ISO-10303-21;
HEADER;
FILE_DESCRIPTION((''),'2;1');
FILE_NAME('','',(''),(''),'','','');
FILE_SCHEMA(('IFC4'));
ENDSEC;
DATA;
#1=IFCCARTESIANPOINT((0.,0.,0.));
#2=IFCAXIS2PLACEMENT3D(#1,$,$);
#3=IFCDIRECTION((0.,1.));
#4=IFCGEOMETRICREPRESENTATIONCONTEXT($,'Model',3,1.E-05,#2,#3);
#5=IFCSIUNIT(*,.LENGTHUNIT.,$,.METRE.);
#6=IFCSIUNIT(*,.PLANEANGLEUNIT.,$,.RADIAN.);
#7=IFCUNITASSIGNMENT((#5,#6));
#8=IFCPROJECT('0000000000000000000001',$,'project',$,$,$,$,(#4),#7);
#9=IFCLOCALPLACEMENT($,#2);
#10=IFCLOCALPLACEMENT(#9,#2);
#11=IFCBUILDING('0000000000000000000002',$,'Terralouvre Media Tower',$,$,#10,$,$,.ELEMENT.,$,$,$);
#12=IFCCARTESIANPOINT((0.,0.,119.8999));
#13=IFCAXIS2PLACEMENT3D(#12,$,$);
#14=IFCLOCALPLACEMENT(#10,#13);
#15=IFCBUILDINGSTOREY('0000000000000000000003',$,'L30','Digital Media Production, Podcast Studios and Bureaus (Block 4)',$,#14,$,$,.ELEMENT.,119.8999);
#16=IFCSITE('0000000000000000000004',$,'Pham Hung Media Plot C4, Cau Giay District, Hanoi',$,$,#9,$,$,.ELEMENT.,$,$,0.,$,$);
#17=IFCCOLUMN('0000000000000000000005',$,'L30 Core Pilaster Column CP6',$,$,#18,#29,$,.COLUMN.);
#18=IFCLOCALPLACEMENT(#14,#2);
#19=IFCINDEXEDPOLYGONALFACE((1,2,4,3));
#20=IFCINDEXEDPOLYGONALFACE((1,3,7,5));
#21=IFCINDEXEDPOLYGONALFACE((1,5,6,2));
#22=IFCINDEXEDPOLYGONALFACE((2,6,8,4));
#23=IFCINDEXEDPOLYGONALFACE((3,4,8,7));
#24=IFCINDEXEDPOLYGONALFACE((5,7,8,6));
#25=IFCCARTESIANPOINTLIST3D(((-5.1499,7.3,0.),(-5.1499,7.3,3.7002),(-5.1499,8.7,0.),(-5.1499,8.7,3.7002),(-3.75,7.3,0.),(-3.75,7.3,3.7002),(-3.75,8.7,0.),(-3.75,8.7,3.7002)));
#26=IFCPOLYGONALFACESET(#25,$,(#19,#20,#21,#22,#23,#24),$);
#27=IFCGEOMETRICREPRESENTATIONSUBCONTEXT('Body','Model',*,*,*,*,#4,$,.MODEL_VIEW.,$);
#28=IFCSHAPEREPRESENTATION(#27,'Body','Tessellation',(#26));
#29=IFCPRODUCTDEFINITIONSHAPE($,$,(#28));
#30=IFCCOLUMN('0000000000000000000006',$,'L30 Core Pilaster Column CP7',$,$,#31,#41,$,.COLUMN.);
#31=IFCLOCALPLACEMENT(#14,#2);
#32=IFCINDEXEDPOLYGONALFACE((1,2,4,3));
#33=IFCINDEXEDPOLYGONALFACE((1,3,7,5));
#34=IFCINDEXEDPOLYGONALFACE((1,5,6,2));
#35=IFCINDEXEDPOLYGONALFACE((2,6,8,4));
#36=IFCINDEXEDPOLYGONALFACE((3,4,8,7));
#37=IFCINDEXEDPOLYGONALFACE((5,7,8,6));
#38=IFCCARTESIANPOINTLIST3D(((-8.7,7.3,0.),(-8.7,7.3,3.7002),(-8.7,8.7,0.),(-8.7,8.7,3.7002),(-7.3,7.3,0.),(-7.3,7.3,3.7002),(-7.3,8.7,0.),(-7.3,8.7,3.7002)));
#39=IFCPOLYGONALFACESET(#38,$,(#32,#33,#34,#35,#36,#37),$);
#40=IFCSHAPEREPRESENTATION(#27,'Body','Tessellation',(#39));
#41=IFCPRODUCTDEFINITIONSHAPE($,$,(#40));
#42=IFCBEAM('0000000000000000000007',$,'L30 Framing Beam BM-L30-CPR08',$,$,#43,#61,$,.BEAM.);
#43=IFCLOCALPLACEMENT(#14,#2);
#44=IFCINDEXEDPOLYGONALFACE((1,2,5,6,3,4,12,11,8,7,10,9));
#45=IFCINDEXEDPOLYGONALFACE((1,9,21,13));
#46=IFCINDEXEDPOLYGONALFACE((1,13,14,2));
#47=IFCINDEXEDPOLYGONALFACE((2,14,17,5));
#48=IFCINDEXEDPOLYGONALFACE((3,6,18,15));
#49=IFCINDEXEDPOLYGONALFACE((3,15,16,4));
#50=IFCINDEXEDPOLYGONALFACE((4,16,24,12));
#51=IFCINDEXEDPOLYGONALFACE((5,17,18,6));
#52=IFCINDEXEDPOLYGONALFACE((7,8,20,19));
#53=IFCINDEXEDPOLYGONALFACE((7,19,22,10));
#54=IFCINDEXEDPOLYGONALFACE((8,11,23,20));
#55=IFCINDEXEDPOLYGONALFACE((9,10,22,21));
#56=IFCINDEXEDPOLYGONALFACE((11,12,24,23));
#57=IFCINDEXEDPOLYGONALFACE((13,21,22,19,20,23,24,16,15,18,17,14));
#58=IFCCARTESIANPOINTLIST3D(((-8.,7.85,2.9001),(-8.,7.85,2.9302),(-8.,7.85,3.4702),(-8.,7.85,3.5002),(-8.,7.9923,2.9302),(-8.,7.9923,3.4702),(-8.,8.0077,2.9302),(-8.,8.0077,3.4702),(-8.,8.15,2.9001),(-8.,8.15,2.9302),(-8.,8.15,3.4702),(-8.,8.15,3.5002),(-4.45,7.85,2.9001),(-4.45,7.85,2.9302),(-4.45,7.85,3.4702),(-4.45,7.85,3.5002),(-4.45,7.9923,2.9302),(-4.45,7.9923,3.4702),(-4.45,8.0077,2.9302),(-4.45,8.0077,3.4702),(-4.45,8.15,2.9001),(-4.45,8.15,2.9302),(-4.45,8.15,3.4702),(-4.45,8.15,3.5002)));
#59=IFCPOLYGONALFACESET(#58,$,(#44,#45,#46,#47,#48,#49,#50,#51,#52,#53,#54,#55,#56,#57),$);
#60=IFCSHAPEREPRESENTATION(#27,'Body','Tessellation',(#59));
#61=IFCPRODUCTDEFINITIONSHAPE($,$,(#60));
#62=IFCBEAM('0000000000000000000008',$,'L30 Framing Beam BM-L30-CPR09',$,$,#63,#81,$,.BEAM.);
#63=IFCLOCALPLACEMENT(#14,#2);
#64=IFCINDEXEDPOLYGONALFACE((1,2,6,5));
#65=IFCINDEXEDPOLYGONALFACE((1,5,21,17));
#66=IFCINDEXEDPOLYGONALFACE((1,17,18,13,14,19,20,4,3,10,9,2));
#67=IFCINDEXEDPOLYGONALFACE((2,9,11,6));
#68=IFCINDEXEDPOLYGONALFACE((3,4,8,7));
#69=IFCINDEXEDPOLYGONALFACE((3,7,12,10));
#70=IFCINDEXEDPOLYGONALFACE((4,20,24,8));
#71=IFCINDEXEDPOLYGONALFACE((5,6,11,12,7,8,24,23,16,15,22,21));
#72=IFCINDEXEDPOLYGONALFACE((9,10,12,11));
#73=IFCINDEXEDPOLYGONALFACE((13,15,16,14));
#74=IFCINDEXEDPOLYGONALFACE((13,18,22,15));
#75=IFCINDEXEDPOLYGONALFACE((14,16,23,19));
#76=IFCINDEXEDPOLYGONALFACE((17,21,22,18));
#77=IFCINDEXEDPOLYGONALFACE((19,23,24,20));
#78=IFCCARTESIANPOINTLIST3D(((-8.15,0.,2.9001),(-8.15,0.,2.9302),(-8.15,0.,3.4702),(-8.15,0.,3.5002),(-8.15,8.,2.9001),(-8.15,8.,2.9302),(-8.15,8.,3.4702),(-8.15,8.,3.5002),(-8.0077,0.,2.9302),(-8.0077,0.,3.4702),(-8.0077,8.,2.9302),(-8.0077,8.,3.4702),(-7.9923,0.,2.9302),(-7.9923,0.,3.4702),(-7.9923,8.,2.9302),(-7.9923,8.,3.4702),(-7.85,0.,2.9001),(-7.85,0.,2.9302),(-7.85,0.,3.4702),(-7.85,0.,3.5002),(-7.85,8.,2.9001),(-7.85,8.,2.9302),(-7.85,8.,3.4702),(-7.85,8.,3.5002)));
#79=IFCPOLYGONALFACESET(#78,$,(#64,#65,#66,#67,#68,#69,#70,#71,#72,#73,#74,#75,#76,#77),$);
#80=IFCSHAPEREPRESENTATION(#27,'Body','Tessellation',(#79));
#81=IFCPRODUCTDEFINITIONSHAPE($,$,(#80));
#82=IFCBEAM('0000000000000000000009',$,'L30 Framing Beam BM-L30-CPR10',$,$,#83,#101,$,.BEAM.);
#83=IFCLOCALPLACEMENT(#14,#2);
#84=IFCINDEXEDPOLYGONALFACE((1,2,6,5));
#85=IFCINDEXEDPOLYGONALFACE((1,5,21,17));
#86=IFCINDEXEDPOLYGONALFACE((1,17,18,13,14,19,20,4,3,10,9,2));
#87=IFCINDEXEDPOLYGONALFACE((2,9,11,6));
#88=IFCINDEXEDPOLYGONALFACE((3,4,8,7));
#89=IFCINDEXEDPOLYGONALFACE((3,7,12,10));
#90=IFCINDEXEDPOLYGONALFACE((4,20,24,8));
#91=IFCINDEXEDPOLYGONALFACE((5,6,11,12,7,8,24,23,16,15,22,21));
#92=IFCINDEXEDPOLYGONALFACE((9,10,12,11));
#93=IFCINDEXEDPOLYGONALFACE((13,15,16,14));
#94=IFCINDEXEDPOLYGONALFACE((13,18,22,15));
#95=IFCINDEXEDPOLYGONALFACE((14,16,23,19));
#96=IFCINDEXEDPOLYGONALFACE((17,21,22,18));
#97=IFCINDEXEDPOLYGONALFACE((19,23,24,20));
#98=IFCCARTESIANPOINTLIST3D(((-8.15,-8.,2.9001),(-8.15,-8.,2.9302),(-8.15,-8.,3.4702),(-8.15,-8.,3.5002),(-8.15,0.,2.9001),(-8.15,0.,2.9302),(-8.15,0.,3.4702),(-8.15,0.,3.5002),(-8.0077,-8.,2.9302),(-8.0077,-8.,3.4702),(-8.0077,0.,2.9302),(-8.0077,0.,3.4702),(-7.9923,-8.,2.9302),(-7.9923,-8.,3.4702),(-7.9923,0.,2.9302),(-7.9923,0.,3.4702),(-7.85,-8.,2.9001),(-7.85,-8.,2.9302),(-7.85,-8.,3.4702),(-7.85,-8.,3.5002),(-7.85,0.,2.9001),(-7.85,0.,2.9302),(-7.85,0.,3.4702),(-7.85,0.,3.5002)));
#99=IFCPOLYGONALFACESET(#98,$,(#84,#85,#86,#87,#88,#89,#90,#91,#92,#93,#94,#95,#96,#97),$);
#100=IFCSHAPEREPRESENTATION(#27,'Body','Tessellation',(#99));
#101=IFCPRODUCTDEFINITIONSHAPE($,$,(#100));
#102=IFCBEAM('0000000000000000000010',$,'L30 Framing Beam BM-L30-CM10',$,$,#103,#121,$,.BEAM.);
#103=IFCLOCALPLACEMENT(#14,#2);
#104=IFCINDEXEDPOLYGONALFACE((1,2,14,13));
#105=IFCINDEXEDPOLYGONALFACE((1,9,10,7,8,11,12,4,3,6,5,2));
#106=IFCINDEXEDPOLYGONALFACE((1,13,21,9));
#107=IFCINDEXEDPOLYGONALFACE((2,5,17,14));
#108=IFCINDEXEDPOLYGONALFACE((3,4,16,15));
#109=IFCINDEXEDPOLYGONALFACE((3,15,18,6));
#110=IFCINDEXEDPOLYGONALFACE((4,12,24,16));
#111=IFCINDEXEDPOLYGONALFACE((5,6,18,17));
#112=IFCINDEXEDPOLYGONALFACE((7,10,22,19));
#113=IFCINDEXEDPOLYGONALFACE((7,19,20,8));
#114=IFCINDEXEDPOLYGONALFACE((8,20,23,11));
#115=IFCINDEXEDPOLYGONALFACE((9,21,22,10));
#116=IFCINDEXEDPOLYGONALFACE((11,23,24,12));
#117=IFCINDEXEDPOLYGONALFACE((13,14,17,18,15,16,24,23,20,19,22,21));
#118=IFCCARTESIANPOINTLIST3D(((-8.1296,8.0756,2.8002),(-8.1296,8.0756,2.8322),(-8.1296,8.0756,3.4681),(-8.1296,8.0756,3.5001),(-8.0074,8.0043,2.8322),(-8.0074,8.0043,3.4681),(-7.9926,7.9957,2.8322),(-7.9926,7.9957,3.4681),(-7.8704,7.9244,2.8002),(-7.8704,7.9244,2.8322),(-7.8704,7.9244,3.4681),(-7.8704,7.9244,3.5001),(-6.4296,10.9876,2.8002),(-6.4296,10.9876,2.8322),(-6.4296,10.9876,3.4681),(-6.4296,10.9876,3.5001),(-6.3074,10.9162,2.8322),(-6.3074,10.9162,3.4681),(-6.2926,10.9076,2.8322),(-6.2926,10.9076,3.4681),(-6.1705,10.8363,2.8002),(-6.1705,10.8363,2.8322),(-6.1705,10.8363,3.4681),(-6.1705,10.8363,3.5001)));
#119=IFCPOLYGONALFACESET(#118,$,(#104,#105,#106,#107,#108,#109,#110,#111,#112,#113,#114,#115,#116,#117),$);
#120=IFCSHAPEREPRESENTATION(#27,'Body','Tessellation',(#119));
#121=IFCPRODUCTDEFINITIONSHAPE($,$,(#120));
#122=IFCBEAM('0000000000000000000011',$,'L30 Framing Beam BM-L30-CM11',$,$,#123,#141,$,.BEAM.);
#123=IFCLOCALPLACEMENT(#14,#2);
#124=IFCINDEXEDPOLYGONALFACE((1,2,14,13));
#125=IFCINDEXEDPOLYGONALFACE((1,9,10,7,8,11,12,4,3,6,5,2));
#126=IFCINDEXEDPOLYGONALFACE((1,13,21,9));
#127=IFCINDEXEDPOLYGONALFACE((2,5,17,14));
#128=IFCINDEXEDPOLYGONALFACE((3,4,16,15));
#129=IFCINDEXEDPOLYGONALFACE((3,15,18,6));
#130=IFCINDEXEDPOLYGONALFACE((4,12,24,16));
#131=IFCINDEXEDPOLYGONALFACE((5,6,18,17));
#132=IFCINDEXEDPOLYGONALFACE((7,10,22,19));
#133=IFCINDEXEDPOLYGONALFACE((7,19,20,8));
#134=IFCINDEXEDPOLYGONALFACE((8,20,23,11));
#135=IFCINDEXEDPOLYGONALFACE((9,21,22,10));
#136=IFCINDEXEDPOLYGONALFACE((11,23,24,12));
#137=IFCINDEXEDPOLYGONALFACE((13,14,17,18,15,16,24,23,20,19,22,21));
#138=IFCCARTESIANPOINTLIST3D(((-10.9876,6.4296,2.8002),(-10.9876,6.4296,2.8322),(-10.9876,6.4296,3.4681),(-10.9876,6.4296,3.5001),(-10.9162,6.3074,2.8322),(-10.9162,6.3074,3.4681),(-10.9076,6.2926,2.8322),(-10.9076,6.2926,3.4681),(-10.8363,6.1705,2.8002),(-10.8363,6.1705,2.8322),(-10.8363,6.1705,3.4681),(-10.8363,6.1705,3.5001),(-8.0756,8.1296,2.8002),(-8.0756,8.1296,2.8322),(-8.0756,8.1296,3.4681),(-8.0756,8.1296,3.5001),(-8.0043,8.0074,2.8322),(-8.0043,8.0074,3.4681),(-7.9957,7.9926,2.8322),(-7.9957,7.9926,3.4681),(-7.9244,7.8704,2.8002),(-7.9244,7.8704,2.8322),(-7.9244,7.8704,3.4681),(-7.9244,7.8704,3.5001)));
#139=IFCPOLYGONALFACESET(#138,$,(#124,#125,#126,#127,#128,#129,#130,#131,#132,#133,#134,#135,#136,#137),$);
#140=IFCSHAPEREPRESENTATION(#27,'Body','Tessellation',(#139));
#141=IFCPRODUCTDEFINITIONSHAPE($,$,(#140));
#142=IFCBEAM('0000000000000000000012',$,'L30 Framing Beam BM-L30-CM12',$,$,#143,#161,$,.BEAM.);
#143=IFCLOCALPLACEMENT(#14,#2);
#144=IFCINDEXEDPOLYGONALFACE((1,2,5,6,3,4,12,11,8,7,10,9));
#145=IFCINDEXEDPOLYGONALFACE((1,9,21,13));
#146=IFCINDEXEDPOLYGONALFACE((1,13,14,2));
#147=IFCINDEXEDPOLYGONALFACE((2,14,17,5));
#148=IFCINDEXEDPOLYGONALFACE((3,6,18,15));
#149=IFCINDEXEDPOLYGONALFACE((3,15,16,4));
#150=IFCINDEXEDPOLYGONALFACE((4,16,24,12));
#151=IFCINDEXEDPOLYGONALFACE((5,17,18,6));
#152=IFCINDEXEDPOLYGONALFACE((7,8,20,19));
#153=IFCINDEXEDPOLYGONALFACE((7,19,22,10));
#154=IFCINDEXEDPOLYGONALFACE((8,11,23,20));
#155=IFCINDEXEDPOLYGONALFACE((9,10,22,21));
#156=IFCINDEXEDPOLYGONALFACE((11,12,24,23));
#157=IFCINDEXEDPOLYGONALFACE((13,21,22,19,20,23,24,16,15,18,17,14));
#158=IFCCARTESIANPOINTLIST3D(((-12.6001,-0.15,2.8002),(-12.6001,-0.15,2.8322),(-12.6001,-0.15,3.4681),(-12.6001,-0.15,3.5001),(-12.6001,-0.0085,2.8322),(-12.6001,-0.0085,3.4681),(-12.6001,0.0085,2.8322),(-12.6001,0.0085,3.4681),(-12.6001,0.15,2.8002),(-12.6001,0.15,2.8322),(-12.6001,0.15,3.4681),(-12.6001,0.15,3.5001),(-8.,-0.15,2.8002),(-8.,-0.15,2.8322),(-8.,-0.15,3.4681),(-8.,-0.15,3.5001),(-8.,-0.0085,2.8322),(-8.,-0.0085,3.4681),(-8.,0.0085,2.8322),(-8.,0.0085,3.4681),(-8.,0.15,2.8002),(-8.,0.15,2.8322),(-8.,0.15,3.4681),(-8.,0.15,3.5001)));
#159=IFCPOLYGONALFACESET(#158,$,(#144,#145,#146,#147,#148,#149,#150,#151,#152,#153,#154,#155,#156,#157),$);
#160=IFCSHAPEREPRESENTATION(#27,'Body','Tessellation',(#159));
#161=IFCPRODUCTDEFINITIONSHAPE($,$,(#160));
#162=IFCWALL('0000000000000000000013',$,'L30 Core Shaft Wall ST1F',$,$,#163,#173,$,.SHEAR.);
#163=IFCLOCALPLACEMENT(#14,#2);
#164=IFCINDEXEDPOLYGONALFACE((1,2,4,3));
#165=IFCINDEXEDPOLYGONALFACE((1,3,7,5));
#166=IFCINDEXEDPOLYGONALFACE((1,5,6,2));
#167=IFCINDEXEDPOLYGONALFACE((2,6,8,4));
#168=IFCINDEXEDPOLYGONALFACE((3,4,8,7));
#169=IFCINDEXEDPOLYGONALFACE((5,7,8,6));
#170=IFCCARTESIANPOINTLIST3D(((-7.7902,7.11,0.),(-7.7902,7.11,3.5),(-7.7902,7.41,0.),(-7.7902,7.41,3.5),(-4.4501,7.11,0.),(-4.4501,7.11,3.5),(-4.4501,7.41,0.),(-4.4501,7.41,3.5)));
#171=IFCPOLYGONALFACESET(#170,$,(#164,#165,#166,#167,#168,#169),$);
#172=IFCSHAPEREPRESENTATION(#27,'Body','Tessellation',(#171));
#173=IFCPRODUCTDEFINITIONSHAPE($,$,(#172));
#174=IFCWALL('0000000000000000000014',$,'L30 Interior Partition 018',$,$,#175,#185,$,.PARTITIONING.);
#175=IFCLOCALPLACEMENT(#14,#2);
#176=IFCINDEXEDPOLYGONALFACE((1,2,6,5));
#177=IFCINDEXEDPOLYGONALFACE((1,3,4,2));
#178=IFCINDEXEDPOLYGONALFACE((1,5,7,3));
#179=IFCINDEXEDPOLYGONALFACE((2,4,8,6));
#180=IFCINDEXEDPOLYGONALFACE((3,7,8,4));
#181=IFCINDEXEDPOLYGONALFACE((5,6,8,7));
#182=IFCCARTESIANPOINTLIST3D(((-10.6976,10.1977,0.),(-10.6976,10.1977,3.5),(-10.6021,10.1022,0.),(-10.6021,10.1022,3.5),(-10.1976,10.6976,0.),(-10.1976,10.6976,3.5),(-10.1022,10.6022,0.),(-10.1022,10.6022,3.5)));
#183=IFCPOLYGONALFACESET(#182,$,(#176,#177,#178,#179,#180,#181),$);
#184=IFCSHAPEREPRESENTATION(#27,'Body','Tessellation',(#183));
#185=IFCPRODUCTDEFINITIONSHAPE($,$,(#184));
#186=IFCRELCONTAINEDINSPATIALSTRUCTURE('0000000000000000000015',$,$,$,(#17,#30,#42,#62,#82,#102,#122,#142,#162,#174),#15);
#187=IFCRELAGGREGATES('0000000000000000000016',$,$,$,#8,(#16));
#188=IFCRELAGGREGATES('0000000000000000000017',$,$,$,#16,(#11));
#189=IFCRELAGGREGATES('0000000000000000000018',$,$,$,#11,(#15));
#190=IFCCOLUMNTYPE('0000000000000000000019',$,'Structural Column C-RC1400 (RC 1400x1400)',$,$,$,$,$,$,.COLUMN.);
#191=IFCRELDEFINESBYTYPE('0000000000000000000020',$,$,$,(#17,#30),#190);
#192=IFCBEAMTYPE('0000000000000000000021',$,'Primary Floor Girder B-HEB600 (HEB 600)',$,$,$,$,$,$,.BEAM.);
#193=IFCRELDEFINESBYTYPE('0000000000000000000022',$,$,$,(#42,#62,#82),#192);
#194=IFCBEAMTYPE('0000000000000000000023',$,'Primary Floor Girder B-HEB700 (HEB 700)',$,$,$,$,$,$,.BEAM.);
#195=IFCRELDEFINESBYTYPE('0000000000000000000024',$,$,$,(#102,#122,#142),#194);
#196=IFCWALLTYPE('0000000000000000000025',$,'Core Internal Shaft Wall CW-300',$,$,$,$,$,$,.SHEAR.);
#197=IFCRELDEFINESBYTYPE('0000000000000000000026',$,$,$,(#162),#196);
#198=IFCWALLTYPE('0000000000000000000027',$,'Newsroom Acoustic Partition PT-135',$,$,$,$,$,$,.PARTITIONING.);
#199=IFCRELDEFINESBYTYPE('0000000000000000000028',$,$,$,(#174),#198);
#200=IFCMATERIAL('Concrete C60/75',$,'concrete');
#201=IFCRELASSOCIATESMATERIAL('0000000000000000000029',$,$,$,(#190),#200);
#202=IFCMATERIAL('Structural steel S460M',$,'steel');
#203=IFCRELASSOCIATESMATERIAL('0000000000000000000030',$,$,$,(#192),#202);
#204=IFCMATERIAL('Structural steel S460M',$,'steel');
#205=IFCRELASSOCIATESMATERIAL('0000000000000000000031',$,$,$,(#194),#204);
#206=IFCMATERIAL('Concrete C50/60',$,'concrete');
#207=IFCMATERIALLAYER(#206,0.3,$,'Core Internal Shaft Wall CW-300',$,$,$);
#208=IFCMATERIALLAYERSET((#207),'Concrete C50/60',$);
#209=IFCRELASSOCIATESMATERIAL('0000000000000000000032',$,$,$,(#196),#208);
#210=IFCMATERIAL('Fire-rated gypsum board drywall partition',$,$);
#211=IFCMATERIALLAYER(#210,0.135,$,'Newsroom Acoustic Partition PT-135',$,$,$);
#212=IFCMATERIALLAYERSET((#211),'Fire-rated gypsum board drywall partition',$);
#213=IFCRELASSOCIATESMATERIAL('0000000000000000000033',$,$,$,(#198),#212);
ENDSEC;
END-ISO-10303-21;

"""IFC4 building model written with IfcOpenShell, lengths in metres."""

from ifc_helpers import new_model, si_unit, direction, frame, frame_2d, origin, origin_2d, place, context, subcontext, project, spatial, rectangle, i_section, extrude, material, layer, layer_set, material_profile, profile_set, type_object, element, save


model = new_model("IFC4")

# Units and contexts
model_context = context("Model", 3, precision=1e-05, world=origin(), true_north=direction((0.0, 1.0)))
body_context = subcontext(model_context, "Body", "Model", "MODEL_VIEW")
ifc_project = project(units=[si_unit("LENGTHUNIT", "METRE"), si_unit("PLANEANGLEUNIT", "RADIAN")], contexts=[model_context])

# Site, building, storey
site_placement = place(None, origin())
site = spatial("IfcSite", under=ifc_project, at=site_placement, Name="Pham Hung Media Plot C4, Cau Giay District, Hanoi", CompositionType="ELEMENT", RefElevation=0.0)
building_placement = place(site_placement, origin())
building = spatial("IfcBuilding", under=site, at=building_placement, Name="Terralouvre Media Tower", CompositionType="ELEMENT")
storey_placement = place(building_placement, frame((0.0, 0.0, 119.8999)))
storey = spatial("IfcBuildingStorey", under=building, at=storey_placement, Name="L30", Description="Digital Media Production, Podcast Studios and Bureaus (Block 4)", CompositionType="ELEMENT", Elevation=119.8999)

# Columns
ifc_material_1 = material(Name="Concrete C60/75", Category="concrete")
ifc_material_profile_1 = material_profile(ifc_material_1, rectangle(XDim=1.3999, YDim=1.3999, at=origin_2d()), Name="RC 1400x1400")
ifc_profile_set_1 = profile_set([ifc_material_profile_1], Name="Concrete C60/75")
column_type = type_object("IfcColumnType", Name="Structural Column C-RC1400 (RC 1400x1400)", PredefinedType="COLUMN", material=ifc_profile_set_1)
for number, where, z_axis, x_axis, name in (
    (1, (-4.45, 8.0, 0.0), (0.0, 0.0, 1.0), (1.0, 0.0, 0.0), "L30 Core Pilaster Column CP6"),
    (2, (-8.0, 8.0, 0.0), (0.0, 0.0, 1.0), (1.0, 0.0, 0.0), "L30 Core Pilaster Column CP7"),
):
    element("IfcColumn", number, at=place(storey_placement, frame(where, z_axis=z_axis, x_axis=x_axis)), inside=storey, type_object=column_type, Name=name, PredefinedType="COLUMN", context=body_context, shape_type="SweptSolid", body=[
        extrude(rectangle(XDim=1.3999, YDim=1.3999, at=origin_2d()), origin(), (0.0, 0.0, 1.0), 3.7002),
    ])

# Beams
ifc_material_2 = material(Name="Structural steel S460M", Category="steel")
ifc_material_profile_2 = material_profile(ifc_material_2, i_section(OverallWidth=0.3, OverallDepth=0.6001, WebThickness=0.0154, FlangeThickness=0.03, at=origin_2d()), Name="HEB 600")
ifc_profile_set_2 = profile_set([ifc_material_profile_2], Name="Structural steel S460M")
beam_type_1 = type_object("IfcBeamType", Name="Primary Floor Girder B-HEB600 (HEB 600)", PredefinedType="BEAM", material=ifc_profile_set_2)
beam_1_placement = place(storey_placement, frame((-4.45, 8.0, 3.2002), z_axis=(-1.0, 0.0, 0.0), x_axis=(0.0, -1.0, 0.0)))
element("IfcBeam", 3, at=beam_1_placement, inside=storey, type_object=beam_type_1, Name="L30 Framing Beam BM-L30-CPR08", PredefinedType="BEAM", context=body_context, shape_type="SweptSolid", body=[
    extrude(i_section(OverallWidth=0.3, OverallDepth=0.6001, WebThickness=0.0154, FlangeThickness=0.03, at=origin_2d()), origin(), (0.0, 0.0, 1.0), 3.55),
])
for number, where, z_axis, x_axis, name in (
    (4, (-8.0, 8.0, 3.2002), (0.0, -1.0, 0.0), (1.0, 0.0, 0.0), "L30 Framing Beam BM-L30-CPR09"),
    (5, (-8.0, 0.0, 3.2002), (0.0, -1.0, 0.0), (1.0, 0.0, 0.0), "L30 Framing Beam BM-L30-CPR10"),
):
    element("IfcBeam", number, at=place(storey_placement, frame(where, z_axis=z_axis, x_axis=x_axis)), inside=storey, type_object=beam_type_1, Name=name, PredefinedType="BEAM", context=body_context, shape_type="SweptSolid", body=[
        extrude(i_section(OverallWidth=0.3, OverallDepth=0.6001, WebThickness=0.0154, FlangeThickness=0.03, at=origin_2d()), origin(), (0.0, 0.0, 1.0), 8.0),
    ])
ifc_material_3 = material(Name="Structural steel S460M", Category="steel")
ifc_material_profile_3 = material_profile(ifc_material_3, i_section(OverallWidth=0.3, OverallDepth=0.7, WebThickness=0.0171, FlangeThickness=0.032, at=origin_2d()), Name="HEB 700")
ifc_profile_set_3 = profile_set([ifc_material_profile_3], Name="Structural steel S460M")
beam_type_2 = type_object("IfcBeamType", Name="Primary Floor Girder B-HEB700 (HEB 700)", PredefinedType="BEAM", material=ifc_profile_set_3)
for number, where, z_axis, x_axis, name in (
    (6, (-8.0, 8.0, 3.1501), (0.504173, 0.863603, 0.0), (-0.863603, 0.504173, 0.0), "L30 Framing Beam BM-L30-CM10"),
    (7, (-8.0, 8.0, 3.1501), (-0.863603, -0.504173, 0.0), (0.504173, -0.863603, 0.0), "L30 Framing Beam BM-L30-CM11"),
):
    element("IfcBeam", number, at=place(storey_placement, frame(where, z_axis=z_axis, x_axis=x_axis)), inside=storey, type_object=beam_type_2, Name=name, PredefinedType="BEAM", context=body_context, shape_type="SweptSolid", body=[
        extrude(i_section(OverallWidth=0.3, OverallDepth=0.7, WebThickness=0.0171, FlangeThickness=0.032, at=origin_2d()), origin(), (0.0, 0.0, 1.0), 3.3718),
    ])
beam_2_placement = place(storey_placement, frame((-8.0, 0.0, 3.1501), z_axis=(-1.0, 0.0, 0.0), x_axis=(0.0, -1.0, 0.0)))
element("IfcBeam", 8, at=beam_2_placement, inside=storey, type_object=beam_type_2, Name="L30 Framing Beam BM-L30-CM12", PredefinedType="BEAM", context=body_context, shape_type="SweptSolid", body=[
    extrude(i_section(OverallWidth=0.3, OverallDepth=0.7, WebThickness=0.0171, FlangeThickness=0.032, at=origin_2d()), origin(), (0.0, 0.0, 1.0), 4.6001),
])

# Shared definitions
ifc_material_4 = material(Name="Concrete C50/60", Category="concrete")
ifc_layer_1 = layer(ifc_material_4, 0.3, Name="Core Internal Shaft Wall CW-300")
ifc_layer_set_1 = layer_set([ifc_layer_1], Name="Concrete C50/60")
wall_type_1 = type_object("IfcWallType", Name="Core Internal Shaft Wall CW-300", PredefinedType="SHEAR", material=ifc_layer_set_1)

# Wall
wall_1_placement = place(storey_placement, frame((-7.79, 7.26, 0.0), z_axis=(0.0, 0.0, 1.0), x_axis=(1.0, 0.0, 0.0)))
element("IfcWall", 9, at=wall_1_placement, inside=storey, type_object=wall_type_1, Name="L30 Core Shaft Wall ST1F", PredefinedType="SHEAR", context=body_context, shape_type="SweptSolid", body=[
    extrude(rectangle(XDim=3.3401, YDim=0.3, at=frame_2d((1.6699, 0.0))), origin(), (0.0, 0.0, 1.0), 3.5),
])

# Wall
ifc_material_5 = material(Name="Fire-rated gypsum board drywall partition")
ifc_layer_2 = layer(ifc_material_5, 0.135, Name="Newsroom Acoustic Partition PT-135")
ifc_layer_set_2 = layer_set([ifc_layer_2], Name="Fire-rated gypsum board drywall partition")
wall_type_2 = type_object("IfcWallType", Name="Newsroom Acoustic Partition PT-135", PredefinedType="PARTITIONING", material=ifc_layer_set_2)
wall_2_placement = place(storey_placement, frame((-10.1499, 10.6499, 0.0), z_axis=(0.0, 0.0, 1.0), x_axis=(-0.707107, -0.707107, 0.0)))
element("IfcWall", 10, at=wall_2_placement, inside=storey, type_object=wall_type_2, Name="L30 Interior Partition 018", PredefinedType="PARTITIONING", context=body_context, shape_type="SweptSolid", body=[
    extrude(rectangle(XDim=0.707, YDim=0.135, at=frame_2d((0.3535, 0.0))), origin(), (0.0, 0.0, 1.0), 3.5),
])

save(model, "model.ifc")
